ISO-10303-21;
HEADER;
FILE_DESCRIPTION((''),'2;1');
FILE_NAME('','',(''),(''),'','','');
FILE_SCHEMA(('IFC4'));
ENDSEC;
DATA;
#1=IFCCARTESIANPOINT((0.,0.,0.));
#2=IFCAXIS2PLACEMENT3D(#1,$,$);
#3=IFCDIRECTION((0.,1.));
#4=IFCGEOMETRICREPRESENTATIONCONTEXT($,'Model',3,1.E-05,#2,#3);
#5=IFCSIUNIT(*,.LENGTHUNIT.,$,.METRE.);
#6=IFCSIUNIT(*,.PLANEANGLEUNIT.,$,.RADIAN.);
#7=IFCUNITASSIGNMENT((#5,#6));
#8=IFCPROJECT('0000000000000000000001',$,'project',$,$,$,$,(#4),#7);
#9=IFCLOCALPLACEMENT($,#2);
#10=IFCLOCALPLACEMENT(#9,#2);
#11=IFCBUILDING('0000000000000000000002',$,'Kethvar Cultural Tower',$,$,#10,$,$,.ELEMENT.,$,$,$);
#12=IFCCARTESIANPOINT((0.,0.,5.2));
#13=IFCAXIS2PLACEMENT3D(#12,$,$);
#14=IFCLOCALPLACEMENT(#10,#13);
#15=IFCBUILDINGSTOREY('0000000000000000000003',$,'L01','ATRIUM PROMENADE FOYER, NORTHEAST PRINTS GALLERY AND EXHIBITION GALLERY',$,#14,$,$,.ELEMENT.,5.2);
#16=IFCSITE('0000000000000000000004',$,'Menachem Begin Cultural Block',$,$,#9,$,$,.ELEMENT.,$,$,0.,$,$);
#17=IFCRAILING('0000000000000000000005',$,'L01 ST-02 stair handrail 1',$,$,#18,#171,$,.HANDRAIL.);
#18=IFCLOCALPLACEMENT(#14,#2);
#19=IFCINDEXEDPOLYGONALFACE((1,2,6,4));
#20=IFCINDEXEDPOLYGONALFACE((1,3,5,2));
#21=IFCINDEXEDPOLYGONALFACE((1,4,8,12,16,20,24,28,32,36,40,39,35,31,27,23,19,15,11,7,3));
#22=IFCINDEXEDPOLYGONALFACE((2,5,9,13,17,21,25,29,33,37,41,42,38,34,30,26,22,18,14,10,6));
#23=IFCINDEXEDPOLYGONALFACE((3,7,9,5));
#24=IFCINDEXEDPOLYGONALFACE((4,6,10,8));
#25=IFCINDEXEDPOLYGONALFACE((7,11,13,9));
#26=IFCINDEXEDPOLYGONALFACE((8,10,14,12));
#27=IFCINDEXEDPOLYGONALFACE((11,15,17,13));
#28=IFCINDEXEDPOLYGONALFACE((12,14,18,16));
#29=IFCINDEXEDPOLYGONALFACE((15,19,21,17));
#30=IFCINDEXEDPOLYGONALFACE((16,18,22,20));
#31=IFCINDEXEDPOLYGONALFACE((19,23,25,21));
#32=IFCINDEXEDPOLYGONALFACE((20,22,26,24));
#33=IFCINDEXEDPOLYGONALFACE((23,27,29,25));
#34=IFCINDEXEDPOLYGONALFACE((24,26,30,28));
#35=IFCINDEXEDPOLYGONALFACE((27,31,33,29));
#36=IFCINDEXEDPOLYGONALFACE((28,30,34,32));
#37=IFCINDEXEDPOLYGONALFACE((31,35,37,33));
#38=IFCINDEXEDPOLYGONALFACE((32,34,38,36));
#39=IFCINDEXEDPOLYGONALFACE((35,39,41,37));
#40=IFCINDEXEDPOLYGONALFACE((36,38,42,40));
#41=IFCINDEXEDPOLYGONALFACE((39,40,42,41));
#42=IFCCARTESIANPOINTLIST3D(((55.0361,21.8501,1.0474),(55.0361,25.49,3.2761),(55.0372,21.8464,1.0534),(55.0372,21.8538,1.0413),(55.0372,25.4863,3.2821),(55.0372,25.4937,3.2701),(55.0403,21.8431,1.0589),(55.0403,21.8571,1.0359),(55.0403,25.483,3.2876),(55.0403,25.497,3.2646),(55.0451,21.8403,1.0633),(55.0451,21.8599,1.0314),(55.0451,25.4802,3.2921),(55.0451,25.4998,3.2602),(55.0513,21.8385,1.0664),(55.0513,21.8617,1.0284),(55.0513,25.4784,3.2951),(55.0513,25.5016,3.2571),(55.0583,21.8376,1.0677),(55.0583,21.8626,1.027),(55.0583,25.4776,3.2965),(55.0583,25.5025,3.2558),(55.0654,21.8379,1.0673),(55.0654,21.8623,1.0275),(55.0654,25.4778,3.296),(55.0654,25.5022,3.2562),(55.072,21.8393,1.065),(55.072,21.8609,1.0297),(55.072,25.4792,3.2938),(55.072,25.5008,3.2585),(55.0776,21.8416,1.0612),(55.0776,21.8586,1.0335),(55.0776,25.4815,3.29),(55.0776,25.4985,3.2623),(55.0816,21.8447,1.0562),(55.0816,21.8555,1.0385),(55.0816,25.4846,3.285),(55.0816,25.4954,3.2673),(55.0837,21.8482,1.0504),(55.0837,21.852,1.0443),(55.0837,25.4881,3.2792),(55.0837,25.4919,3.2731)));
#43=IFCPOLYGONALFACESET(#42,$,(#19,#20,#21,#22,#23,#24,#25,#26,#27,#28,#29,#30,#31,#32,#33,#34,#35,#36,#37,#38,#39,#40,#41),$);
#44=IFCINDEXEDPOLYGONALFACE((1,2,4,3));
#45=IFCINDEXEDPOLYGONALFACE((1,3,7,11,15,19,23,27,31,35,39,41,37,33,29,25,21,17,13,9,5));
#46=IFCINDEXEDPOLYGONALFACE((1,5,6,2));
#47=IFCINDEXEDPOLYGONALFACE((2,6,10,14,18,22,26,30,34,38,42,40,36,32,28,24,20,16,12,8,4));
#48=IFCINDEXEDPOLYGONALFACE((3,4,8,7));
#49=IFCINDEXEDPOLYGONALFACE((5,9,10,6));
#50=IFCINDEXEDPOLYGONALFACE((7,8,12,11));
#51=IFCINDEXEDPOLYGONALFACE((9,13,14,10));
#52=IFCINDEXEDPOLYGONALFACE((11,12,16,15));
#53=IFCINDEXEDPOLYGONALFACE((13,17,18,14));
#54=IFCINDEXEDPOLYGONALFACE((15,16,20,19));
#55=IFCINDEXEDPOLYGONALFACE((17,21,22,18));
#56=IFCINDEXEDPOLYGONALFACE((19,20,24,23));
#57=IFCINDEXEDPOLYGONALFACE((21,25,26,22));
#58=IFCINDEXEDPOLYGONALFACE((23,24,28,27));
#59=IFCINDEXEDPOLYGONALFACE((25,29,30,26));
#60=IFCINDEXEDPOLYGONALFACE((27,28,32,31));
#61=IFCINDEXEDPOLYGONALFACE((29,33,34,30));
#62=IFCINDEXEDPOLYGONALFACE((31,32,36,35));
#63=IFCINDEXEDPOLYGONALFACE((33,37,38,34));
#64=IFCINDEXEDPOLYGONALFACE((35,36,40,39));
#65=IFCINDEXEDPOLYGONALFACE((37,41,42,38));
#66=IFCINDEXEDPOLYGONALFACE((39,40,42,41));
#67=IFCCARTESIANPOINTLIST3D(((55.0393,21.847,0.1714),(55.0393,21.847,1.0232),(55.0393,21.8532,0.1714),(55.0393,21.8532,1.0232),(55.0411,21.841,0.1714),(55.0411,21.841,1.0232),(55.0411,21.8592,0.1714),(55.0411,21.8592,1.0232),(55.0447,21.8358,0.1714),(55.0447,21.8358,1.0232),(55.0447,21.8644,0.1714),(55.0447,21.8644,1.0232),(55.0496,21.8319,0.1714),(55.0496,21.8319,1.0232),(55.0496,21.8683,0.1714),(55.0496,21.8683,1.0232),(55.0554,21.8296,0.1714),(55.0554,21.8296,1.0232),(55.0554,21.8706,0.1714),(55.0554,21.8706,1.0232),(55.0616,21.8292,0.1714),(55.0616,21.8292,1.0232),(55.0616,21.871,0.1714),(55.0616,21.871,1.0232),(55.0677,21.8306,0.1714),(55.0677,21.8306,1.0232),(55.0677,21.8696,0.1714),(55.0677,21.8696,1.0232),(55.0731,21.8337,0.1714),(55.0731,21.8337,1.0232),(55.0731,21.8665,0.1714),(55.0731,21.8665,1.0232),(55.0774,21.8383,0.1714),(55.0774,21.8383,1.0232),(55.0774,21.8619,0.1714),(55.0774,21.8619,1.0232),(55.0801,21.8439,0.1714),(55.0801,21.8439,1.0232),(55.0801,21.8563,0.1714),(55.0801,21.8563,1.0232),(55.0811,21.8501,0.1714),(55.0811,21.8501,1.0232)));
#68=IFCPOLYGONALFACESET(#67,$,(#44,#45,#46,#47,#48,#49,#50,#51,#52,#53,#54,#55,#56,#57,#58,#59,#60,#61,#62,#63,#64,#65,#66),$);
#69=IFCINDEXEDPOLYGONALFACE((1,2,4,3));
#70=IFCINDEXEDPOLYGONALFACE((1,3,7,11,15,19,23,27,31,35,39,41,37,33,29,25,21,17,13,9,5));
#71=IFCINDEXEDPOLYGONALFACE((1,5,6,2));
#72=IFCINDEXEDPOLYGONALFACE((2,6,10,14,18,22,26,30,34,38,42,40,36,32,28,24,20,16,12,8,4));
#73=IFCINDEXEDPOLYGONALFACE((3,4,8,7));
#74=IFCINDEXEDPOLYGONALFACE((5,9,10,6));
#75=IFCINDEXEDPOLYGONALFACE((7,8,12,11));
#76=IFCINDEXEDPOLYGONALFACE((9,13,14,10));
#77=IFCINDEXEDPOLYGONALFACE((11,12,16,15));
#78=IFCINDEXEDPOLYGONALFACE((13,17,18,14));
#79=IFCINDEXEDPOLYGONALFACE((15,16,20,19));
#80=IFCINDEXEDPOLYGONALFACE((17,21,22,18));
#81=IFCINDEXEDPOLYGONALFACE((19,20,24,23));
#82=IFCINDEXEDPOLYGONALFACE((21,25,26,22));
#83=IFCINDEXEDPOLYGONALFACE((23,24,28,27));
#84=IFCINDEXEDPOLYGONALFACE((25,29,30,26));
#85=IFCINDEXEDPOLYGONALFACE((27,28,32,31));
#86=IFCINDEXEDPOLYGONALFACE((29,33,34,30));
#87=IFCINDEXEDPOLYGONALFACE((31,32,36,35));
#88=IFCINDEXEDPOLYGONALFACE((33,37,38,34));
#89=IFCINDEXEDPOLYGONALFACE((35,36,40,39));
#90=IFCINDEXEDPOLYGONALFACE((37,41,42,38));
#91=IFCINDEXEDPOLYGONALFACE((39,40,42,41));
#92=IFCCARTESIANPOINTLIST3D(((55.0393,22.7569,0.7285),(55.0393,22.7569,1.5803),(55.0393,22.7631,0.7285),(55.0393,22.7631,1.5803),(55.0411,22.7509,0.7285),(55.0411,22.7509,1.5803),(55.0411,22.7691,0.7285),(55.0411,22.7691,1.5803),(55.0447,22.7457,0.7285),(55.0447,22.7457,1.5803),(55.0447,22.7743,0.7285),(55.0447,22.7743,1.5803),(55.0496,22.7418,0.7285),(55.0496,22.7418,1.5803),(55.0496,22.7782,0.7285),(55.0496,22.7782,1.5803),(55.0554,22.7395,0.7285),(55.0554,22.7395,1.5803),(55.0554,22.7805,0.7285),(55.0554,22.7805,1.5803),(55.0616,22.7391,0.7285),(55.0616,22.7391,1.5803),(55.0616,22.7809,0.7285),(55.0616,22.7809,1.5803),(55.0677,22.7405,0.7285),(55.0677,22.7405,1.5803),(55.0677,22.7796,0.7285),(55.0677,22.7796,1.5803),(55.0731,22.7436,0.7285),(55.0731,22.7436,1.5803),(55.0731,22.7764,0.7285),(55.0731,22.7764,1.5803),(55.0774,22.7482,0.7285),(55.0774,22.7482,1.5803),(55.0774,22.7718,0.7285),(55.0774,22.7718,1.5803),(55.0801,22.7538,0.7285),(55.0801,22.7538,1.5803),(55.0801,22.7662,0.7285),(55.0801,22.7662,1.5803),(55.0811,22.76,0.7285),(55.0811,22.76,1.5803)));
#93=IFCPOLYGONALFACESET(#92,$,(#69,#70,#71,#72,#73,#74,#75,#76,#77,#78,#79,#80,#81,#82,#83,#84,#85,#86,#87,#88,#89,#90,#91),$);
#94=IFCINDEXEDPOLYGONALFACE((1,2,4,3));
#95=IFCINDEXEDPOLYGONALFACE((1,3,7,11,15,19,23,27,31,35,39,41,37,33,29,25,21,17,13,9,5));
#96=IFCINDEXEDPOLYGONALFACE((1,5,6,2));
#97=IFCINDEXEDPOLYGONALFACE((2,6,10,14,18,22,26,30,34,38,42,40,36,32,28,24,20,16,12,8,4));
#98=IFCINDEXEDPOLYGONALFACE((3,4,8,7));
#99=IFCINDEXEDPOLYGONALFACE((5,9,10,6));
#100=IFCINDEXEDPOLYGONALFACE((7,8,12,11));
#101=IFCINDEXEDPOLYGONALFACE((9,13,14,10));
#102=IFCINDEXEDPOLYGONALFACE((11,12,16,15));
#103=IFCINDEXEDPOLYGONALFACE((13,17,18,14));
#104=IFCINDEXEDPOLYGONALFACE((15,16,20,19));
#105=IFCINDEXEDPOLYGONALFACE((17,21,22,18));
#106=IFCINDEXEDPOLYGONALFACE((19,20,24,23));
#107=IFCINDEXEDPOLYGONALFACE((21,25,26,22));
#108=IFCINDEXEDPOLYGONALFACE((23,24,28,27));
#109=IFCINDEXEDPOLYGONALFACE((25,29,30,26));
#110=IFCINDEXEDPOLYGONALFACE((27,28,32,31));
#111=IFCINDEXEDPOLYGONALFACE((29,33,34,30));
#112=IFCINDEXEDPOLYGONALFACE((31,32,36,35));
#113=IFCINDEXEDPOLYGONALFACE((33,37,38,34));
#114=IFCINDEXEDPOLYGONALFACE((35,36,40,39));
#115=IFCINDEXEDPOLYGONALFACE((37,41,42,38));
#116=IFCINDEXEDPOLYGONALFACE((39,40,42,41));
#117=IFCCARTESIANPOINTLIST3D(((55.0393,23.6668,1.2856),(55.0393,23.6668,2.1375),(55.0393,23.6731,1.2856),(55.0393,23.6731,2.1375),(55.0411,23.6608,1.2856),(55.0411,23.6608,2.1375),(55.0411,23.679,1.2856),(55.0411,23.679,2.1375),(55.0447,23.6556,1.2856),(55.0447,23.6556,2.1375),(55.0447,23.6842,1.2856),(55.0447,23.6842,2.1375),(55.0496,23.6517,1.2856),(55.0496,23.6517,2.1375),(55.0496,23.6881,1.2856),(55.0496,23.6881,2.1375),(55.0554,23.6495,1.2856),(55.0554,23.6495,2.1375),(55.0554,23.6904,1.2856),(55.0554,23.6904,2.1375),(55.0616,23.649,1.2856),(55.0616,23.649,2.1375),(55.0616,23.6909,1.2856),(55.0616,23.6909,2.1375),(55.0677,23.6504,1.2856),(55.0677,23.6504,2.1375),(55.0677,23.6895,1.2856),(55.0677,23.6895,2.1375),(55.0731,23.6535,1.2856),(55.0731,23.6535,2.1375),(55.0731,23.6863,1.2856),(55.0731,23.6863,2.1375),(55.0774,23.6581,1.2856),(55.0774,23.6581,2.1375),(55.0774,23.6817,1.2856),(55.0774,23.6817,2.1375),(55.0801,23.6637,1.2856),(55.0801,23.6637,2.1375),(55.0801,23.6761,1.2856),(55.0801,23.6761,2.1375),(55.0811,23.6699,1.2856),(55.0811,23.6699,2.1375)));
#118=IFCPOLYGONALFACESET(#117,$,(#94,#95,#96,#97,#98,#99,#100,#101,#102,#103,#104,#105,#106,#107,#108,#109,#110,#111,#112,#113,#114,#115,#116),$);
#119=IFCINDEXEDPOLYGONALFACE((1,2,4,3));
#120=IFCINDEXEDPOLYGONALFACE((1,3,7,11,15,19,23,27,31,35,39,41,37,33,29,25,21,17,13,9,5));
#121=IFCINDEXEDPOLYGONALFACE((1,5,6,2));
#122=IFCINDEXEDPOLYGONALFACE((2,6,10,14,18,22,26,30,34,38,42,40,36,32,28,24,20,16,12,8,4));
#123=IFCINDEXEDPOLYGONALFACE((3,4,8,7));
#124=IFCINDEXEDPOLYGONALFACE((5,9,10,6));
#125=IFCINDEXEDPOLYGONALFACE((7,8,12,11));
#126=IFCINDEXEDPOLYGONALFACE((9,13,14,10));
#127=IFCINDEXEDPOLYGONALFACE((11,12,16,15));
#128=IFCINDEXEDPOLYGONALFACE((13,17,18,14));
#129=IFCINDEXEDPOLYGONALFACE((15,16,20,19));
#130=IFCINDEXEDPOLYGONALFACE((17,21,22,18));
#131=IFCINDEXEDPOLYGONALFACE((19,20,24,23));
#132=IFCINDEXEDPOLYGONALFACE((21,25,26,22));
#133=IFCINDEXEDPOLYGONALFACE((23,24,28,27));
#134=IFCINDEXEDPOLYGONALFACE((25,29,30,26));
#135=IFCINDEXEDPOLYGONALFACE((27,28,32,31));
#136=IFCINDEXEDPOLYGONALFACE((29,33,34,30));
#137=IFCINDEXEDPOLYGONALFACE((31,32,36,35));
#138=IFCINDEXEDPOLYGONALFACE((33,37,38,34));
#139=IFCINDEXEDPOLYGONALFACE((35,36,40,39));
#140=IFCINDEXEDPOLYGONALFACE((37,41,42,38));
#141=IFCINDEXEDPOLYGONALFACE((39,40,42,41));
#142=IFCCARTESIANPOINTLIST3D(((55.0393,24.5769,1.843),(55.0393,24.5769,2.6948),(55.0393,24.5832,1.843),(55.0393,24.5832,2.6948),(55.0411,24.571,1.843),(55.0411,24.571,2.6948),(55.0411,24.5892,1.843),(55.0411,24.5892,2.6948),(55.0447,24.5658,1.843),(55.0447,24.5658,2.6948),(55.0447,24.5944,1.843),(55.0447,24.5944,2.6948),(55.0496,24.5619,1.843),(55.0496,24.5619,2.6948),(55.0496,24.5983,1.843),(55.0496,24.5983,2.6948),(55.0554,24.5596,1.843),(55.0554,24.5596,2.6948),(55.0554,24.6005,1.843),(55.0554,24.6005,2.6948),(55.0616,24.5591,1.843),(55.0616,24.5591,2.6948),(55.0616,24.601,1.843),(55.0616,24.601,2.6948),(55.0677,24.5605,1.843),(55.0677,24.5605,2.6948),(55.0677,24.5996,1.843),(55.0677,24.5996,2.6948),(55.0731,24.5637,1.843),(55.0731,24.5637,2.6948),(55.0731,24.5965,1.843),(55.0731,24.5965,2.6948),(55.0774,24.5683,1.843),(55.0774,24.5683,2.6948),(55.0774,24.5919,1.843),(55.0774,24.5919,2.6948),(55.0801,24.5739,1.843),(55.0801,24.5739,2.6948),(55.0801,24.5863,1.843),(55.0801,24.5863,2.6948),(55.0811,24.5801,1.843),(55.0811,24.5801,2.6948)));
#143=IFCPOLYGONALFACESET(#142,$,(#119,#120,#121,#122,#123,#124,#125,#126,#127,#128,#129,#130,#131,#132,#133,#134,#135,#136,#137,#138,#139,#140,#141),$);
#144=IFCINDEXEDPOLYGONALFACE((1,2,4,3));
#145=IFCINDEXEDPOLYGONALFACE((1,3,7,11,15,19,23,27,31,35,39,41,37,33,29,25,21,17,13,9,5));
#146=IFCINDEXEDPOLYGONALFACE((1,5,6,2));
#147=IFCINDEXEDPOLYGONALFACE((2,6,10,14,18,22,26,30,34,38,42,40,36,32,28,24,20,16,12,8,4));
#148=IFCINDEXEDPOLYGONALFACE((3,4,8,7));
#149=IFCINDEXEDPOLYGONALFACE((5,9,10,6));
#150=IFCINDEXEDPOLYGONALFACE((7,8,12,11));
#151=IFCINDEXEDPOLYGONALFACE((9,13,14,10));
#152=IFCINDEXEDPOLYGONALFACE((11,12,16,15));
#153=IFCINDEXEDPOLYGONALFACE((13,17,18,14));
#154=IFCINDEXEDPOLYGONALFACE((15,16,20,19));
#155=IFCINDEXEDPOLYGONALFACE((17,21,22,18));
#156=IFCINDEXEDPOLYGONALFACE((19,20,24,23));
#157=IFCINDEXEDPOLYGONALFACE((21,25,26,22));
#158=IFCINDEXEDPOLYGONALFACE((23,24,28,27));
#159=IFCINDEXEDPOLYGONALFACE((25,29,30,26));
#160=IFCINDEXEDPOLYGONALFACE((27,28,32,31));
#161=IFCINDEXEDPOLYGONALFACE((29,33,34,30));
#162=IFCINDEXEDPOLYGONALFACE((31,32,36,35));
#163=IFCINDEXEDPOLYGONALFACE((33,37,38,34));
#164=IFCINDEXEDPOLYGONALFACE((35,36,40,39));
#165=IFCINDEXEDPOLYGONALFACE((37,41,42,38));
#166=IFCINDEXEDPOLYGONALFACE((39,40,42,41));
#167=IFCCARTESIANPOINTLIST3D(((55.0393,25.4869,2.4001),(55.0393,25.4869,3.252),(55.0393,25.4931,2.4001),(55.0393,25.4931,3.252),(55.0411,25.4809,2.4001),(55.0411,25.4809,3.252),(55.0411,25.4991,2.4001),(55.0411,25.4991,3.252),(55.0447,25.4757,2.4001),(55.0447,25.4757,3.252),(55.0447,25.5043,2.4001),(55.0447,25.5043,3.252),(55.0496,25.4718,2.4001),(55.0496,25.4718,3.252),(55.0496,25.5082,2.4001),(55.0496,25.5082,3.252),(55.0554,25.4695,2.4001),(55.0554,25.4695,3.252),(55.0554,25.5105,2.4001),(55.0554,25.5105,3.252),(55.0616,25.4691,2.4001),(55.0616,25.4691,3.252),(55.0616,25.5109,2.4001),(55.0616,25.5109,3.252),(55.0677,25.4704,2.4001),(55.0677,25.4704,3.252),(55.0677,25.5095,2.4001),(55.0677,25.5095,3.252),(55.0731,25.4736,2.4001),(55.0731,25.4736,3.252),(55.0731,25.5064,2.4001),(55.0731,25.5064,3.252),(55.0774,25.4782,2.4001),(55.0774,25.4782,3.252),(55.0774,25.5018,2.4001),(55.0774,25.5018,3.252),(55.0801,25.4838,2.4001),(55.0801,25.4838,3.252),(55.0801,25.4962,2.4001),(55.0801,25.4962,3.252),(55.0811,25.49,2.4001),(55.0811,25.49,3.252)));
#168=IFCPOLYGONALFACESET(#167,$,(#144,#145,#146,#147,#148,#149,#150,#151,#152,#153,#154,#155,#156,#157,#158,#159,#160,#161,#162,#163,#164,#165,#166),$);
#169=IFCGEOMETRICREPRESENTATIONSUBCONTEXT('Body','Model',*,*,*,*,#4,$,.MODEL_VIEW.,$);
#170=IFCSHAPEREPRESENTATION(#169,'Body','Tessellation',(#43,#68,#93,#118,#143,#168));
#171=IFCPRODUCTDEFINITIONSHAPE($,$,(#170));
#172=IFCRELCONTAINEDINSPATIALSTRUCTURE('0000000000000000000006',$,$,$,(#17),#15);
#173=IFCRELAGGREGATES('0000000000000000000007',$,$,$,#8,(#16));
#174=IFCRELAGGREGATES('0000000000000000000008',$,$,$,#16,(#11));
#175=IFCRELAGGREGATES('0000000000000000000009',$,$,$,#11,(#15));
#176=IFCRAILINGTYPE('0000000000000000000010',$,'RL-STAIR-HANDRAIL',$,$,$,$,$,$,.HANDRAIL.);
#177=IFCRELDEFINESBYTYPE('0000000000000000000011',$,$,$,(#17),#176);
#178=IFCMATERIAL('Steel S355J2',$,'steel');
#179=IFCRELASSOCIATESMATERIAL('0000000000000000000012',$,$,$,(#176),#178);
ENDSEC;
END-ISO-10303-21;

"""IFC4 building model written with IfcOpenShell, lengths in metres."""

from ifc_helpers import new_model, si_unit, direction, frame, origin, origin_2d, place, context, subcontext, project, spatial, circle, extrude, material, type_object, element, save


model = new_model("IFC4")

# Units and contexts
model_context = context("Model", 3, precision=1e-05, world=origin(), true_north=direction((0.0, 1.0)))
body_context = subcontext(model_context, "Body", "Model", "MODEL_VIEW")
ifc_project = project(units=[si_unit("LENGTHUNIT", "METRE"), si_unit("PLANEANGLEUNIT", "RADIAN")], contexts=[model_context])

# Site, building, storey
site_placement = place(None, origin())
site = spatial("IfcSite", under=ifc_project, at=site_placement, Name="Menachem Begin Cultural Block", CompositionType="ELEMENT", RefElevation=0.0)
building_placement = place(site_placement, origin())
building = spatial("IfcBuilding", under=site, at=building_placement, Name="Kethvar Cultural Tower", CompositionType="ELEMENT")
storey_placement = place(building_placement, frame((0.0, 0.0, 5.2)))
storey = spatial("IfcBuildingStorey", under=building, at=storey_placement, Name="L01", Description="ATRIUM PROMENADE FOYER, NORTHEAST PRINTS GALLERY AND EXHIBITION GALLERY", CompositionType="ELEMENT", Elevation=5.2)

# Shared definitions
ifc_material_1 = material(Name="Steel S355J2", Category="steel")

# Railing
railing_type_1 = type_object("IfcRailingType", Name="RL-STAIR-HANDRAIL", PredefinedType="HANDRAIL", material=ifc_material_1)
railing_1_placement = place(storey_placement, frame((55.0601, 21.8501, 0.1714)))
element("IfcRailing", 1, at=railing_1_placement, inside=storey, type_object=railing_type_1, Name="L01 ST-02 stair handrail 1", PredefinedType="HANDRAIL", context=body_context, shape_type="SweptSolid", body=[
    extrude(circle(Radius=0.0239, at=origin_2d()), frame((0.0, 0.0, 0.876), z_axis=(0.0, 0.852825, 0.522197), x_axis=(-1.0, 0.0, 0.0)), (0.0, 0.0, 1.0), 4.2681),
    extrude(circle(Radius=0.021, at=origin_2d()), origin(), (0.0, 0.0, 1.0), 0.8518),
    extrude(circle(Radius=0.021, at=origin_2d()), frame((0.0, 0.9099, 0.5571)), (0.0, 0.0, 1.0), 0.8518),
    extrude(circle(Radius=0.021, at=origin_2d()), frame((0.0, 1.8198, 1.1143)), (0.0, 0.0, 1.0), 0.8518),
    extrude(circle(Radius=0.021, at=origin_2d()), frame((0.0, 2.73, 1.6716)), (0.0, 0.0, 1.0), 0.8518),
    extrude(circle(Radius=0.021, at=origin_2d()), frame((0.0, 3.6399, 2.2288)), (0.0, 0.0, 1.0), 0.8518),
])

save(model, "model.ifc")
